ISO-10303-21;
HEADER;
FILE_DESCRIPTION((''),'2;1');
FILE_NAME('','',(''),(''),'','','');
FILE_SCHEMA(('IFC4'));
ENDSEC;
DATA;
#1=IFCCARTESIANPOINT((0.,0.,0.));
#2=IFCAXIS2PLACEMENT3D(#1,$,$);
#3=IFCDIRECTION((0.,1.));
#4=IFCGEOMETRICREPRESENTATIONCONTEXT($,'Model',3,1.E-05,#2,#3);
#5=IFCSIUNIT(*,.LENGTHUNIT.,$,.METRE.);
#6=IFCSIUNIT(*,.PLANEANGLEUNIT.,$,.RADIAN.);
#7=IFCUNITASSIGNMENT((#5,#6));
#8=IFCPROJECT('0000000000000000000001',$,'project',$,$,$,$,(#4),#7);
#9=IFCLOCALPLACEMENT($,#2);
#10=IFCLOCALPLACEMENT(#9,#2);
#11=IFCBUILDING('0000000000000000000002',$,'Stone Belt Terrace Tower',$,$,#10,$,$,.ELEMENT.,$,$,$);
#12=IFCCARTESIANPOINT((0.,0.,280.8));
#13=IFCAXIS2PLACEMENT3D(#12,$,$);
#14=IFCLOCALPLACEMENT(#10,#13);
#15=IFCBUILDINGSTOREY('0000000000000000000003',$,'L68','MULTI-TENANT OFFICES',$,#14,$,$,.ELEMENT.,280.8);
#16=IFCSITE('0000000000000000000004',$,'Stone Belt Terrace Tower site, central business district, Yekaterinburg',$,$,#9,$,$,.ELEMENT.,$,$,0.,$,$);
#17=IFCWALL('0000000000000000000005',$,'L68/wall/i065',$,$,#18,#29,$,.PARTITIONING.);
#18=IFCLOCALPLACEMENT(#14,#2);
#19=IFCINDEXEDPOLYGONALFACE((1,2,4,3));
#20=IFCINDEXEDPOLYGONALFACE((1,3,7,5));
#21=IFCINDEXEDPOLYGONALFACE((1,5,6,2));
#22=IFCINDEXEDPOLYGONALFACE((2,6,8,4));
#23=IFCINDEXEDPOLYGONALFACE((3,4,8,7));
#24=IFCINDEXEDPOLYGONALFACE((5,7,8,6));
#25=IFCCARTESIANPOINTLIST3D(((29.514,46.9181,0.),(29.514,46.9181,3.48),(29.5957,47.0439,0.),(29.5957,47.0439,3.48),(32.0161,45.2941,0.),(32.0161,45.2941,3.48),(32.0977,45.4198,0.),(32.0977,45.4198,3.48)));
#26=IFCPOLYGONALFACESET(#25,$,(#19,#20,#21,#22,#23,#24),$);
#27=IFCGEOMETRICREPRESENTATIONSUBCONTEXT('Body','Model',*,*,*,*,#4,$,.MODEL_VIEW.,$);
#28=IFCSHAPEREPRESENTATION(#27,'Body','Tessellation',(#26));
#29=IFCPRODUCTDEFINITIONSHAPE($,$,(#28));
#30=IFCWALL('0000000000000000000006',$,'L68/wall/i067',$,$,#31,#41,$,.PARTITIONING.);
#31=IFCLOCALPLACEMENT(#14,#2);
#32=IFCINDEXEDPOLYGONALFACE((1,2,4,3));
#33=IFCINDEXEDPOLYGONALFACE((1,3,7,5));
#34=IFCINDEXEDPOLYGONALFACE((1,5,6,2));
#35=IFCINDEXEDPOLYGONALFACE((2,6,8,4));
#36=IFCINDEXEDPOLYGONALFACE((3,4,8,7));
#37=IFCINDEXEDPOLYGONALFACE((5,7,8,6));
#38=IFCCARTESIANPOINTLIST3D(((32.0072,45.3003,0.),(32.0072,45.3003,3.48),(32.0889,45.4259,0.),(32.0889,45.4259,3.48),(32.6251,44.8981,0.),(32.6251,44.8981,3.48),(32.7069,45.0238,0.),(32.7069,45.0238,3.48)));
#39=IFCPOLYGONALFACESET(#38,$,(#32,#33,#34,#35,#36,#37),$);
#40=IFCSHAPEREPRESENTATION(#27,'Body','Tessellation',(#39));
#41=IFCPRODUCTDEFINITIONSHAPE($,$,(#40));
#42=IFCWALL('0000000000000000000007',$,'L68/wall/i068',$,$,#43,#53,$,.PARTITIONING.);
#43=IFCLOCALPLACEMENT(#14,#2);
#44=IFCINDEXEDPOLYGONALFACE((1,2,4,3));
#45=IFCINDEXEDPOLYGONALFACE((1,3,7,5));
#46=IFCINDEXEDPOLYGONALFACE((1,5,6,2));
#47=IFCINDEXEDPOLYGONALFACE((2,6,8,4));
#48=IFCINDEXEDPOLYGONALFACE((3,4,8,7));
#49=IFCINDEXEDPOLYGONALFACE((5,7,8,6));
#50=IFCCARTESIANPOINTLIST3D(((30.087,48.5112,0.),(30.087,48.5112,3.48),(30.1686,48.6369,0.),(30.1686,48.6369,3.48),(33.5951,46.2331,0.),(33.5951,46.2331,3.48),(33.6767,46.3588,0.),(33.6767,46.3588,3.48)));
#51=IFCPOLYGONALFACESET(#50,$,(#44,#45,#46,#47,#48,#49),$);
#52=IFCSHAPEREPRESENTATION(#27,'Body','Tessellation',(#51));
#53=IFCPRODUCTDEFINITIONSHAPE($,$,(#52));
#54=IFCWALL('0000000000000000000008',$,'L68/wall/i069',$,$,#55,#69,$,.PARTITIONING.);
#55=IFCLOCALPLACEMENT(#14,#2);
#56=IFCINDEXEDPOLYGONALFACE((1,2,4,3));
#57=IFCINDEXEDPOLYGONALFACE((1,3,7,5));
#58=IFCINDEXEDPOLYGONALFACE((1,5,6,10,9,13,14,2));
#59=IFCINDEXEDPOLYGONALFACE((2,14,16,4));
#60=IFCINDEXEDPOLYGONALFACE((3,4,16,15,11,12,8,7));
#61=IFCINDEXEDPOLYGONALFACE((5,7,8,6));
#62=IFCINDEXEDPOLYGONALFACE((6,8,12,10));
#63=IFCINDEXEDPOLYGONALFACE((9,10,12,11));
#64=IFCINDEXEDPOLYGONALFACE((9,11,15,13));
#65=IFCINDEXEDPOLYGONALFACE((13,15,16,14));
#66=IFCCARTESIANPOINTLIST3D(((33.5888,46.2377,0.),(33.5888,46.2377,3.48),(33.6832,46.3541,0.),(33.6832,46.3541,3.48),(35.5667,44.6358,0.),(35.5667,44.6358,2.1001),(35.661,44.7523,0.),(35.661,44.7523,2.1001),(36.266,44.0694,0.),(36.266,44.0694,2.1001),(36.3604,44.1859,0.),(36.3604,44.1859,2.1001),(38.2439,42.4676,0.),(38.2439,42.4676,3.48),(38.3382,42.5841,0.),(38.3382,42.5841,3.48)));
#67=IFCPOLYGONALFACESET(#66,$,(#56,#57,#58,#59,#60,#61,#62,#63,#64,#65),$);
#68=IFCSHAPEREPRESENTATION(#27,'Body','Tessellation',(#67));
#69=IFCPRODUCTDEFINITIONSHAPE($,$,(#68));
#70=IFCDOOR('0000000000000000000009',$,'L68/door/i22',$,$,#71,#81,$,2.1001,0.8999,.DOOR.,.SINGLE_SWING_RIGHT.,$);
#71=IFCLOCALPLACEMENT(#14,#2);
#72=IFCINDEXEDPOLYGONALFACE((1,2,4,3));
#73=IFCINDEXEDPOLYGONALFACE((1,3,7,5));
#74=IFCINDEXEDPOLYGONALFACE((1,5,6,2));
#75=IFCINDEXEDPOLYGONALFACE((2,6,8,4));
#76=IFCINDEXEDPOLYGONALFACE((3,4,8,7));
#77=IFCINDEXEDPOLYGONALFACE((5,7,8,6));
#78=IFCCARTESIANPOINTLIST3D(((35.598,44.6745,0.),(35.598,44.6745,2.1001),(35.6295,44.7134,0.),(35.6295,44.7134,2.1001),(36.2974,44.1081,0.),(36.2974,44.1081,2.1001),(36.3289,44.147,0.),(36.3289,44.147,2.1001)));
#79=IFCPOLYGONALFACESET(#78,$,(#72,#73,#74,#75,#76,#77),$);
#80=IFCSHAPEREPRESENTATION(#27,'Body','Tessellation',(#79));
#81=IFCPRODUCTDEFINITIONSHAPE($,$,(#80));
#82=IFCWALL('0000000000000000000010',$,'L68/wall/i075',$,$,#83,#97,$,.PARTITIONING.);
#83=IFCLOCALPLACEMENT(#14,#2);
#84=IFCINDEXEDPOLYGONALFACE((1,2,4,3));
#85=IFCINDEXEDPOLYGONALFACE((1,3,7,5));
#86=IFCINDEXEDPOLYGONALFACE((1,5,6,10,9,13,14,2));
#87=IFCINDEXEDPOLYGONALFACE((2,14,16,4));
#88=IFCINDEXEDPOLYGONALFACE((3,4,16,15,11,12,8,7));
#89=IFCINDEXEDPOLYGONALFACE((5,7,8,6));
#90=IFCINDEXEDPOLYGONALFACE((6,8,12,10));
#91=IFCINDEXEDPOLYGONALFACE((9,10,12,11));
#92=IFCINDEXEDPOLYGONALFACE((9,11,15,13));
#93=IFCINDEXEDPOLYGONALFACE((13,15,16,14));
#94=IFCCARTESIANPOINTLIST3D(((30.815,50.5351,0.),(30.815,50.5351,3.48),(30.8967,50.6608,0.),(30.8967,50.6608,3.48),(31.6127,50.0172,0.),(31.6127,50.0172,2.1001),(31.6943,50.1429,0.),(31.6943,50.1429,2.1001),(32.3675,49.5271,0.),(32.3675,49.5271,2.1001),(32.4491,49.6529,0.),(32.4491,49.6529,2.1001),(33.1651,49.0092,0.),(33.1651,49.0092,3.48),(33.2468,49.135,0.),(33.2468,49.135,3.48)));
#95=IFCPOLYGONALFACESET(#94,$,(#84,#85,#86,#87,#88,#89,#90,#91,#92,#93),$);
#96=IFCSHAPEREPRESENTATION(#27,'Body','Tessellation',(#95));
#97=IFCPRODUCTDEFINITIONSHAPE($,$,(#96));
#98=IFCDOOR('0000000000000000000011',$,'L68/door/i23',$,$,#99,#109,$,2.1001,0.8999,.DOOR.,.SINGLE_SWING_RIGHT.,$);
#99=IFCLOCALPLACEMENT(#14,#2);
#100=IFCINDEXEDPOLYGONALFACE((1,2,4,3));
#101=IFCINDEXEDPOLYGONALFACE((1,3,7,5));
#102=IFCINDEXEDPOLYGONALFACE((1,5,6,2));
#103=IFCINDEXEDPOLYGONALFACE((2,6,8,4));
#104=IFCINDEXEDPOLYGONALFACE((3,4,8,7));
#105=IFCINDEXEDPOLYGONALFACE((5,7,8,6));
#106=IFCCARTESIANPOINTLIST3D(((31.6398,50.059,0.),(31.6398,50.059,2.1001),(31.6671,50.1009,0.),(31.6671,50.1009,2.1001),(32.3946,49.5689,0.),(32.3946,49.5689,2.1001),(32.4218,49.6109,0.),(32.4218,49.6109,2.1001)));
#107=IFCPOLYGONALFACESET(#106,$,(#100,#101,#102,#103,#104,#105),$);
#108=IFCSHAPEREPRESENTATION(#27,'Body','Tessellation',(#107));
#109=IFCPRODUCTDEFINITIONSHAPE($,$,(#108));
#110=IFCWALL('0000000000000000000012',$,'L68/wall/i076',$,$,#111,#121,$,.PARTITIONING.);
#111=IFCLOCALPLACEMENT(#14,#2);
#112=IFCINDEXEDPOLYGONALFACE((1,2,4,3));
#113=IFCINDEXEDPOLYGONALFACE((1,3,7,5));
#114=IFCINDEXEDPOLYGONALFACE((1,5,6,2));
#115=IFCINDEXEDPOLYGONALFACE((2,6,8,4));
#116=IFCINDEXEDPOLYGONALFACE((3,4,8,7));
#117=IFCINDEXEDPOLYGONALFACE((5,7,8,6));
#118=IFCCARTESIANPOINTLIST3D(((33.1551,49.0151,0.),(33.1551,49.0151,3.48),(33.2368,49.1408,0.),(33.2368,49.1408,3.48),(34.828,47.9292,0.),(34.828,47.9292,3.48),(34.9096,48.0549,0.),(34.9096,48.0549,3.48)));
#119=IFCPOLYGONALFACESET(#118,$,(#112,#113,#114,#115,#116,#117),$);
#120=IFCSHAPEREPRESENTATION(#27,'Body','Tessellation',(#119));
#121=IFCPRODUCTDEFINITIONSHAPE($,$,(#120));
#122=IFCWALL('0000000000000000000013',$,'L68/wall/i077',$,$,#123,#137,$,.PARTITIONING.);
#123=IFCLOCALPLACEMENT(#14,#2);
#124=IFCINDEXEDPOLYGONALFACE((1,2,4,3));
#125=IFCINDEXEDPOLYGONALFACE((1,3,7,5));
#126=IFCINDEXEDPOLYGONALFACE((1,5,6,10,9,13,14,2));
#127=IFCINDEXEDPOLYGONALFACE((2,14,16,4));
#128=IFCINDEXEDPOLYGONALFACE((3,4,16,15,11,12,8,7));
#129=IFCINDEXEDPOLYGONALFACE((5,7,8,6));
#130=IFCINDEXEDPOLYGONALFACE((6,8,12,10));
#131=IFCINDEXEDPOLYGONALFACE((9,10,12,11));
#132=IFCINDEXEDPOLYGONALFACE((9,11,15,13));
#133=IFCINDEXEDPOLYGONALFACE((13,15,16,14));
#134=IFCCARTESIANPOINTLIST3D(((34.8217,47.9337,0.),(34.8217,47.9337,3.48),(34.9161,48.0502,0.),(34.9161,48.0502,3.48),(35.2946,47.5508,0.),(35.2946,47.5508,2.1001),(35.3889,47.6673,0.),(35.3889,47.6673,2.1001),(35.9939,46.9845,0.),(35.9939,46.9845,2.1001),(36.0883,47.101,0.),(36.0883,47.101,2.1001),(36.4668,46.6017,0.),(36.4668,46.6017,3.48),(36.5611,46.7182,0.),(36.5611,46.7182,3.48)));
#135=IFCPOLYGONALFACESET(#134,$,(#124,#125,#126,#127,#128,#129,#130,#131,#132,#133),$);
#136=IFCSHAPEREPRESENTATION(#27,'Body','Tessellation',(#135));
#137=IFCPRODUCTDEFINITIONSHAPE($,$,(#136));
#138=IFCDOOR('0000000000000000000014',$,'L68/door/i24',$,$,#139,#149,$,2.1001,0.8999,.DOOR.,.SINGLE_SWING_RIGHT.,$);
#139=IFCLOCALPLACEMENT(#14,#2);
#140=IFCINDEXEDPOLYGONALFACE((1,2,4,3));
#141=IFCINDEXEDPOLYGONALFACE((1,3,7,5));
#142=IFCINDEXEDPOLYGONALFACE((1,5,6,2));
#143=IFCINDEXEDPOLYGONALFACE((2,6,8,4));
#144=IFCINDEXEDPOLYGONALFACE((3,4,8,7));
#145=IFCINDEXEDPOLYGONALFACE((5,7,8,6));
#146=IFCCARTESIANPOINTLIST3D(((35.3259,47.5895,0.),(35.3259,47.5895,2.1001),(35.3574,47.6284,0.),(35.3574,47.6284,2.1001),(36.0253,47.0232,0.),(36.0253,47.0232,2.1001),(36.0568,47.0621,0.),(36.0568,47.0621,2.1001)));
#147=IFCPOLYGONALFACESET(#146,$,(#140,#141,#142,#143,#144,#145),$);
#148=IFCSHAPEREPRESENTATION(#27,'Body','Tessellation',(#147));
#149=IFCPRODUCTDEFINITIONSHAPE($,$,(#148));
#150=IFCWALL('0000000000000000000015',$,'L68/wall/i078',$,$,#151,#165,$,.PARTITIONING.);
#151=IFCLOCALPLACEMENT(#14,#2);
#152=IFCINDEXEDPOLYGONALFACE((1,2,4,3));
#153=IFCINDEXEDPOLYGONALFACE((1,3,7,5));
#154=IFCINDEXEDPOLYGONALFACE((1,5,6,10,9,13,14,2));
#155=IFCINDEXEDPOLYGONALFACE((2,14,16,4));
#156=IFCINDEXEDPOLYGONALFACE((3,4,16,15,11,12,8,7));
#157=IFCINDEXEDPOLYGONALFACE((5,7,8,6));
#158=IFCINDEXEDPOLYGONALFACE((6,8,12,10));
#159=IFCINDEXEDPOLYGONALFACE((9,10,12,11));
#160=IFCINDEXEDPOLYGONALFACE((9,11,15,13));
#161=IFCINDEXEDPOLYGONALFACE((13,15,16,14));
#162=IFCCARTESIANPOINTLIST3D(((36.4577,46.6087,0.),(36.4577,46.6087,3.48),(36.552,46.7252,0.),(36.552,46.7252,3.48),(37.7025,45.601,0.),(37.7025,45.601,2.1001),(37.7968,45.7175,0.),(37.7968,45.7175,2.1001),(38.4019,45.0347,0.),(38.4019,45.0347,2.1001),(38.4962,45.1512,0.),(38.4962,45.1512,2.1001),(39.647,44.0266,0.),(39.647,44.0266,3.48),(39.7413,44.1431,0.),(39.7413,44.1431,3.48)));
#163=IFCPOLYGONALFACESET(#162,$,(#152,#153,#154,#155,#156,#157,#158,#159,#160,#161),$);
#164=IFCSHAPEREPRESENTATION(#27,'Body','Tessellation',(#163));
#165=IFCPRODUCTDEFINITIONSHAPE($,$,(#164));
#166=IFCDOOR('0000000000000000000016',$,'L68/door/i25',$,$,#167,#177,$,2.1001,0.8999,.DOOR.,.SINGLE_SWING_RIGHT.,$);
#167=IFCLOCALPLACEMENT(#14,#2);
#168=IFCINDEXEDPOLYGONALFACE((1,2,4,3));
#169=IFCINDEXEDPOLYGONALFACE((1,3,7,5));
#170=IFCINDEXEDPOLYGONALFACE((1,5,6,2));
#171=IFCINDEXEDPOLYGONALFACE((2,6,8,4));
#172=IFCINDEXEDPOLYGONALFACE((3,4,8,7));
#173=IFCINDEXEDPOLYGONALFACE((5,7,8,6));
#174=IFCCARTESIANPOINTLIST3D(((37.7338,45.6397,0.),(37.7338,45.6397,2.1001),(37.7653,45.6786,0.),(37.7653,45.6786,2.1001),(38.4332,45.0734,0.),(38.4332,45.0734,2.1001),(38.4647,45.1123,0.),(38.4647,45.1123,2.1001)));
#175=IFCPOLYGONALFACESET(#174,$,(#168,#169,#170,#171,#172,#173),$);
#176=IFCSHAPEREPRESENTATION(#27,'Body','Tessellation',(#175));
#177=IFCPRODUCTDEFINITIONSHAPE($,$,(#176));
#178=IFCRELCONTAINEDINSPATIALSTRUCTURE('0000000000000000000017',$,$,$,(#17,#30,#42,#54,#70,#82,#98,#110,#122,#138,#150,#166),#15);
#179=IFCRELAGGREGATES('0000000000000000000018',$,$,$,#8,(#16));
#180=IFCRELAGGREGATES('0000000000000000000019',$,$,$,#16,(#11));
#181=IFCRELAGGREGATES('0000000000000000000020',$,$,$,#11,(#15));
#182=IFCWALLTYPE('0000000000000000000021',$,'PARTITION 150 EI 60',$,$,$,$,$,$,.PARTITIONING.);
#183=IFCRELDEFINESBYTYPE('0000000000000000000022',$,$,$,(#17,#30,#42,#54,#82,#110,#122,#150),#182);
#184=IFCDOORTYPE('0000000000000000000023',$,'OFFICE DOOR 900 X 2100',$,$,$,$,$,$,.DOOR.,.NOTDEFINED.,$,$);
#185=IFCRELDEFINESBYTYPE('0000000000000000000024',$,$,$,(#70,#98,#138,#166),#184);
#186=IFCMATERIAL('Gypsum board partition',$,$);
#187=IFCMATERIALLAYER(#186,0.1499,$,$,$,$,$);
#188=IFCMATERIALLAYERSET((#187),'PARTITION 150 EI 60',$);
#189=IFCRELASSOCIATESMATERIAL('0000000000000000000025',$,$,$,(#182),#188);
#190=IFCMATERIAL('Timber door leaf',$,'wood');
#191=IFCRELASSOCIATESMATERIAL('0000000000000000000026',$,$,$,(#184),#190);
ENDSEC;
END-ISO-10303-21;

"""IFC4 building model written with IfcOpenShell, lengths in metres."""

from ifc_helpers import new_model, si_unit, direction, frame, frame_2d, origin, place, context, subcontext, project, spatial, rectangle, extrude, material, layer, layer_set, type_object, element, fill, save


model = new_model("IFC4")

# Units and contexts
model_context = context("Model", 3, precision=1e-05, world=origin(), true_north=direction((0.0, 1.0)))
body_context = subcontext(model_context, "Body", "Model", "MODEL_VIEW")
ifc_project = project(units=[si_unit("LENGTHUNIT", "METRE"), si_unit("PLANEANGLEUNIT", "RADIAN")], contexts=[model_context])

# Site, building, storey
site_placement = place(None, origin())
site = spatial("IfcSite", under=ifc_project, at=site_placement, Name="Stone Belt Terrace Tower site, central business district, Yekaterinburg", CompositionType="ELEMENT", RefElevation=0.0)
building_placement = place(site_placement, origin())
building = spatial("IfcBuilding", under=site, at=building_placement, Name="Stone Belt Terrace Tower", CompositionType="ELEMENT")
storey_placement = place(building_placement, frame((0.0, 0.0, 280.8)))
storey = spatial("IfcBuildingStorey", under=building, at=storey_placement, Name="L68", Description="MULTI-TENANT OFFICES", CompositionType="ELEMENT", Elevation=280.8)

# Walls
ifc_material_1 = material(Name="Gypsum board partition")
ifc_layer_1 = layer(ifc_material_1, 0.1499)
ifc_layer_set_1 = layer_set([ifc_layer_1], Name="PARTITION 150 EI 60")
wall_type_1 = type_object("IfcWallType", Name="PARTITION 150 EI 60", PredefinedType="PARTITIONING", material=ifc_layer_set_1)
wall_1_placement = place(storey_placement, frame((32.0569, 45.3569, 0.0), z_axis=(0.0, 0.0, 1.0), x_axis=(-0.838788, 0.544459, 0.0)))
element("IfcWall", 1, at=wall_1_placement, inside=storey, type_object=wall_type_1, Name="L68/wall/i065", PredefinedType="PARTITIONING", context=body_context, shape_type="SweptSolid", body=[
    extrude(rectangle(XDim=2.9829, YDim=0.1499, at=frame_2d((1.4915, 0.0))), origin(), (0.0, 0.0, 1.0), 3.48),
])
wall_2_placement = place(storey_placement, frame((32.666, 44.9609, 0.0), z_axis=(0.0, 0.0, 1.0), x_axis=(-0.838164, 0.545419, 0.0)))
element("IfcWall", 2, at=wall_2_placement, inside=storey, type_object=wall_type_1, Name="L68/wall/i067", PredefinedType="PARTITIONING", context=body_context, shape_type="SweptSolid", body=[
    extrude(rectangle(XDim=0.7373, YDim=0.1499, at=frame_2d((0.3687, 0.0))), origin(), (0.0, 0.0, 1.0), 3.48),
])
wall_3_placement = place(storey_placement, frame((30.1279, 48.574, 0.0), z_axis=(0.0, 0.0, 1.0), x_axis=(0.83868, -0.544625, 0.0)))
element("IfcWall", 3, at=wall_3_placement, inside=storey, type_object=wall_type_1, Name="L68/wall/i068", PredefinedType="PARTITIONING", context=body_context, shape_type="SweptSolid", body=[
    extrude(rectangle(XDim=4.1829, YDim=0.1499, at=frame_2d((2.0913, 0.0))), origin(), (0.0, 0.0, 1.0), 3.48),
])

# Walls, openings, doors
wall_4_placement = place(storey_placement, frame((33.636, 46.2959, 0.0), z_axis=(0.0, 0.0, 1.0), x_axis=(0.777109, -0.629366, 0.0)))
wall_4 = element("IfcWall", 4, at=wall_4_placement, inside=storey, type_object=wall_type_1, Name="L68/wall/i069", PredefinedType="PARTITIONING", context=body_context, shape_type="SweptSolid", body=[
    extrude(rectangle(XDim=5.9902, YDim=0.1499, at=frame_2d((2.9951, 0.0))), origin(), (0.0, 0.0, 1.0), 3.48),
])
opening_1_placement = place(wall_4_placement, frame((2.5452, 0.0, 0.0)))
opening_1 = element("IfcOpeningElement", 5, at=opening_1_placement, cuts=wall_4, PredefinedType="OPENING", context=body_context, shape_type="SweptSolid", body=[
    extrude(rectangle(XDim=0.8999, YDim=2.1001, at=frame_2d((0.45, 1.05))), frame((0.0, 0.085, 0.0), z_axis=(0.0, -1.0, 0.0), x_axis=(1.0, 0.0, 0.0)), (0.0, 0.0, 1.0), 0.1699),
])
ifc_material_2 = material(Name="Timber door leaf", Category="wood")
door_type_1 = type_object("IfcDoorType", Name="OFFICE DOOR 900 X 2100", OperationType="NOTDEFINED", PredefinedType="DOOR", material=ifc_material_2)
door_1_placement = place(opening_1_placement, origin())
door_1 = element("IfcDoor", 6, at=door_1_placement, inside=storey, type_object=door_type_1, Name="L68/door/i22", OperationType="SINGLE_SWING_RIGHT", OverallHeight=2.1001, OverallWidth=0.8999, PredefinedType="DOOR", context=body_context, shape_type="SweptSolid", body=[
    extrude(rectangle(XDim=0.8999, YDim=2.1001, at=frame_2d((0.45, 1.05))), frame((0.0, 0.0249, 0.0), z_axis=(0.0, -1.0, 0.0), x_axis=(1.0, 0.0, 0.0)), (0.0, 0.0, 1.0), 0.05),
])
fill(opening_1, door_1)
wall_5_placement = place(storey_placement, frame((30.856, 50.5979, 0.0), z_axis=(0.0, 0.0, 1.0), x_axis=(0.838718, -0.544566, 0.0)))
wall_5 = element("IfcWall", 7, at=wall_5_placement, inside=storey, type_object=wall_type_1, Name="L68/wall/i075", PredefinedType="PARTITIONING", context=body_context, shape_type="SweptSolid", body=[
    extrude(rectangle(XDim=2.802, YDim=0.1499, at=frame_2d((1.4009, 0.0))), origin(), (0.0, 0.0, 1.0), 3.48),
])
opening_2_placement = place(wall_5_placement, frame((0.9509, 0.0, 0.0)))
opening_2 = element("IfcOpeningElement", 8, at=opening_2_placement, cuts=wall_5, PredefinedType="OPENING", context=body_context, shape_type="SweptSolid", body=[
    extrude(rectangle(XDim=0.8999, YDim=2.1001, at=frame_2d((0.45, 1.05))), frame((0.0, 0.085, 0.0), z_axis=(0.0, -1.0, 0.0), x_axis=(1.0, 0.0, 0.0)), (0.0, 0.0, 1.0), 0.1699),
])
door_2_placement = place(opening_2_placement, origin())
door_2 = element("IfcDoor", 9, at=door_2_placement, inside=storey, type_object=door_type_1, Name="L68/door/i23", OperationType="SINGLE_SWING_RIGHT", OverallHeight=2.1001, OverallWidth=0.8999, PredefinedType="DOOR", context=body_context, shape_type="SweptSolid", body=[
    extrude(rectangle(XDim=0.8999, YDim=2.1001, at=frame_2d((0.45, 1.05))), frame((0.0, 0.0249, 0.0), z_axis=(0.0, -1.0, 0.0), x_axis=(1.0, 0.0, 0.0)), (0.0, 0.0, 1.0), 0.05),
])
fill(opening_2, door_2)

# Wall
wall_6_placement = place(storey_placement, frame((33.196, 49.0779, 0.0), z_axis=(0.0, 0.0, 1.0), x_axis=(0.838768, -0.544489, 0.0)))
element("IfcWall", 10, at=wall_6_placement, inside=storey, type_object=wall_type_1, Name="L68/wall/i076", PredefinedType="PARTITIONING", context=body_context, shape_type="SweptSolid", body=[
    extrude(rectangle(XDim=1.9944, YDim=0.1499, at=frame_2d((0.9971, 0.0))), origin(), (0.0, 0.0, 1.0), 3.48),
])

# Walls, openings, doors
wall_7_placement = place(storey_placement, frame((34.8689, 47.9919, 0.0), z_axis=(0.0, 0.0, 1.0), x_axis=(0.777164, -0.629298, 0.0)))
wall_7 = element("IfcWall", 11, at=wall_7_placement, inside=storey, type_object=wall_type_1, Name="L68/wall/i077", PredefinedType="PARTITIONING", context=body_context, shape_type="SweptSolid", body=[
    extrude(rectangle(XDim=2.1167, YDim=0.1499, at=frame_2d((1.0583, 0.0))), origin(), (0.0, 0.0, 1.0), 3.48),
])
opening_3_placement = place(wall_7_placement, frame((0.6084, 0.0, 0.0)))
opening_3 = element("IfcOpeningElement", 12, at=opening_3_placement, cuts=wall_7, PredefinedType="OPENING", context=body_context, shape_type="SweptSolid", body=[
    extrude(rectangle(XDim=0.8999, YDim=2.1001, at=frame_2d((0.45, 1.05))), frame((0.0, 0.085, 0.0), z_axis=(0.0, -1.0, 0.0), x_axis=(1.0, 0.0, 0.0)), (0.0, 0.0, 1.0), 0.1699),
])
door_3_placement = place(opening_3_placement, origin())
door_3 = element("IfcDoor", 13, at=door_3_placement, inside=storey, type_object=door_type_1, Name="L68/door/i24", OperationType="SINGLE_SWING_RIGHT", OverallHeight=2.1001, OverallWidth=0.8999, PredefinedType="DOOR", context=body_context, shape_type="SweptSolid", body=[
    extrude(rectangle(XDim=0.8999, YDim=2.1001, at=frame_2d((0.45, 1.05))), frame((0.0, 0.0249, 0.0), z_axis=(0.0, -1.0, 0.0), x_axis=(1.0, 0.0, 0.0)), (0.0, 0.0, 1.0), 0.05),
])
fill(opening_3, door_3)
wall_8_placement = place(storey_placement, frame((36.5049, 46.667, 0.0), z_axis=(0.0, 0.0, 1.0), x_axis=(0.77721, -0.629241, 0.0)))
wall_8 = element("IfcWall", 14, at=wall_8_placement, inside=storey, type_object=wall_type_1, Name="L68/wall/i078", PredefinedType="PARTITIONING", context=body_context, shape_type="SweptSolid", body=[
    extrude(rectangle(XDim=4.1035, YDim=0.1499, at=frame_2d((2.0518, 0.0))), origin(), (0.0, 0.0, 1.0), 3.48),
])
opening_4_placement = place(wall_8_placement, frame((1.6016, 0.0, 0.0)))
opening_4 = element("IfcOpeningElement", 15, at=opening_4_placement, cuts=wall_8, PredefinedType="OPENING", context=body_context, shape_type="SweptSolid", body=[
    extrude(rectangle(XDim=0.8999, YDim=2.1001, at=frame_2d((0.45, 1.05))), frame((0.0, 0.085, 0.0), z_axis=(0.0, -1.0, 0.0), x_axis=(1.0, 0.0, 0.0)), (0.0, 0.0, 1.0), 0.1699),
])
door_4_placement = place(opening_4_placement, origin())
door_4 = element("IfcDoor", 16, at=door_4_placement, inside=storey, type_object=door_type_1, Name="L68/door/i25", OperationType="SINGLE_SWING_RIGHT", OverallHeight=2.1001, OverallWidth=0.8999, PredefinedType="DOOR", context=body_context, shape_type="SweptSolid", body=[
    extrude(rectangle(XDim=0.8999, YDim=2.1001, at=frame_2d((0.45, 1.05))), frame((0.0, 0.0249, 0.0), z_axis=(0.0, -1.0, 0.0), x_axis=(1.0, 0.0, 0.0)), (0.0, 0.0, 1.0), 0.05),
])
fill(opening_4, door_4)

save(model, "model.ifc")
